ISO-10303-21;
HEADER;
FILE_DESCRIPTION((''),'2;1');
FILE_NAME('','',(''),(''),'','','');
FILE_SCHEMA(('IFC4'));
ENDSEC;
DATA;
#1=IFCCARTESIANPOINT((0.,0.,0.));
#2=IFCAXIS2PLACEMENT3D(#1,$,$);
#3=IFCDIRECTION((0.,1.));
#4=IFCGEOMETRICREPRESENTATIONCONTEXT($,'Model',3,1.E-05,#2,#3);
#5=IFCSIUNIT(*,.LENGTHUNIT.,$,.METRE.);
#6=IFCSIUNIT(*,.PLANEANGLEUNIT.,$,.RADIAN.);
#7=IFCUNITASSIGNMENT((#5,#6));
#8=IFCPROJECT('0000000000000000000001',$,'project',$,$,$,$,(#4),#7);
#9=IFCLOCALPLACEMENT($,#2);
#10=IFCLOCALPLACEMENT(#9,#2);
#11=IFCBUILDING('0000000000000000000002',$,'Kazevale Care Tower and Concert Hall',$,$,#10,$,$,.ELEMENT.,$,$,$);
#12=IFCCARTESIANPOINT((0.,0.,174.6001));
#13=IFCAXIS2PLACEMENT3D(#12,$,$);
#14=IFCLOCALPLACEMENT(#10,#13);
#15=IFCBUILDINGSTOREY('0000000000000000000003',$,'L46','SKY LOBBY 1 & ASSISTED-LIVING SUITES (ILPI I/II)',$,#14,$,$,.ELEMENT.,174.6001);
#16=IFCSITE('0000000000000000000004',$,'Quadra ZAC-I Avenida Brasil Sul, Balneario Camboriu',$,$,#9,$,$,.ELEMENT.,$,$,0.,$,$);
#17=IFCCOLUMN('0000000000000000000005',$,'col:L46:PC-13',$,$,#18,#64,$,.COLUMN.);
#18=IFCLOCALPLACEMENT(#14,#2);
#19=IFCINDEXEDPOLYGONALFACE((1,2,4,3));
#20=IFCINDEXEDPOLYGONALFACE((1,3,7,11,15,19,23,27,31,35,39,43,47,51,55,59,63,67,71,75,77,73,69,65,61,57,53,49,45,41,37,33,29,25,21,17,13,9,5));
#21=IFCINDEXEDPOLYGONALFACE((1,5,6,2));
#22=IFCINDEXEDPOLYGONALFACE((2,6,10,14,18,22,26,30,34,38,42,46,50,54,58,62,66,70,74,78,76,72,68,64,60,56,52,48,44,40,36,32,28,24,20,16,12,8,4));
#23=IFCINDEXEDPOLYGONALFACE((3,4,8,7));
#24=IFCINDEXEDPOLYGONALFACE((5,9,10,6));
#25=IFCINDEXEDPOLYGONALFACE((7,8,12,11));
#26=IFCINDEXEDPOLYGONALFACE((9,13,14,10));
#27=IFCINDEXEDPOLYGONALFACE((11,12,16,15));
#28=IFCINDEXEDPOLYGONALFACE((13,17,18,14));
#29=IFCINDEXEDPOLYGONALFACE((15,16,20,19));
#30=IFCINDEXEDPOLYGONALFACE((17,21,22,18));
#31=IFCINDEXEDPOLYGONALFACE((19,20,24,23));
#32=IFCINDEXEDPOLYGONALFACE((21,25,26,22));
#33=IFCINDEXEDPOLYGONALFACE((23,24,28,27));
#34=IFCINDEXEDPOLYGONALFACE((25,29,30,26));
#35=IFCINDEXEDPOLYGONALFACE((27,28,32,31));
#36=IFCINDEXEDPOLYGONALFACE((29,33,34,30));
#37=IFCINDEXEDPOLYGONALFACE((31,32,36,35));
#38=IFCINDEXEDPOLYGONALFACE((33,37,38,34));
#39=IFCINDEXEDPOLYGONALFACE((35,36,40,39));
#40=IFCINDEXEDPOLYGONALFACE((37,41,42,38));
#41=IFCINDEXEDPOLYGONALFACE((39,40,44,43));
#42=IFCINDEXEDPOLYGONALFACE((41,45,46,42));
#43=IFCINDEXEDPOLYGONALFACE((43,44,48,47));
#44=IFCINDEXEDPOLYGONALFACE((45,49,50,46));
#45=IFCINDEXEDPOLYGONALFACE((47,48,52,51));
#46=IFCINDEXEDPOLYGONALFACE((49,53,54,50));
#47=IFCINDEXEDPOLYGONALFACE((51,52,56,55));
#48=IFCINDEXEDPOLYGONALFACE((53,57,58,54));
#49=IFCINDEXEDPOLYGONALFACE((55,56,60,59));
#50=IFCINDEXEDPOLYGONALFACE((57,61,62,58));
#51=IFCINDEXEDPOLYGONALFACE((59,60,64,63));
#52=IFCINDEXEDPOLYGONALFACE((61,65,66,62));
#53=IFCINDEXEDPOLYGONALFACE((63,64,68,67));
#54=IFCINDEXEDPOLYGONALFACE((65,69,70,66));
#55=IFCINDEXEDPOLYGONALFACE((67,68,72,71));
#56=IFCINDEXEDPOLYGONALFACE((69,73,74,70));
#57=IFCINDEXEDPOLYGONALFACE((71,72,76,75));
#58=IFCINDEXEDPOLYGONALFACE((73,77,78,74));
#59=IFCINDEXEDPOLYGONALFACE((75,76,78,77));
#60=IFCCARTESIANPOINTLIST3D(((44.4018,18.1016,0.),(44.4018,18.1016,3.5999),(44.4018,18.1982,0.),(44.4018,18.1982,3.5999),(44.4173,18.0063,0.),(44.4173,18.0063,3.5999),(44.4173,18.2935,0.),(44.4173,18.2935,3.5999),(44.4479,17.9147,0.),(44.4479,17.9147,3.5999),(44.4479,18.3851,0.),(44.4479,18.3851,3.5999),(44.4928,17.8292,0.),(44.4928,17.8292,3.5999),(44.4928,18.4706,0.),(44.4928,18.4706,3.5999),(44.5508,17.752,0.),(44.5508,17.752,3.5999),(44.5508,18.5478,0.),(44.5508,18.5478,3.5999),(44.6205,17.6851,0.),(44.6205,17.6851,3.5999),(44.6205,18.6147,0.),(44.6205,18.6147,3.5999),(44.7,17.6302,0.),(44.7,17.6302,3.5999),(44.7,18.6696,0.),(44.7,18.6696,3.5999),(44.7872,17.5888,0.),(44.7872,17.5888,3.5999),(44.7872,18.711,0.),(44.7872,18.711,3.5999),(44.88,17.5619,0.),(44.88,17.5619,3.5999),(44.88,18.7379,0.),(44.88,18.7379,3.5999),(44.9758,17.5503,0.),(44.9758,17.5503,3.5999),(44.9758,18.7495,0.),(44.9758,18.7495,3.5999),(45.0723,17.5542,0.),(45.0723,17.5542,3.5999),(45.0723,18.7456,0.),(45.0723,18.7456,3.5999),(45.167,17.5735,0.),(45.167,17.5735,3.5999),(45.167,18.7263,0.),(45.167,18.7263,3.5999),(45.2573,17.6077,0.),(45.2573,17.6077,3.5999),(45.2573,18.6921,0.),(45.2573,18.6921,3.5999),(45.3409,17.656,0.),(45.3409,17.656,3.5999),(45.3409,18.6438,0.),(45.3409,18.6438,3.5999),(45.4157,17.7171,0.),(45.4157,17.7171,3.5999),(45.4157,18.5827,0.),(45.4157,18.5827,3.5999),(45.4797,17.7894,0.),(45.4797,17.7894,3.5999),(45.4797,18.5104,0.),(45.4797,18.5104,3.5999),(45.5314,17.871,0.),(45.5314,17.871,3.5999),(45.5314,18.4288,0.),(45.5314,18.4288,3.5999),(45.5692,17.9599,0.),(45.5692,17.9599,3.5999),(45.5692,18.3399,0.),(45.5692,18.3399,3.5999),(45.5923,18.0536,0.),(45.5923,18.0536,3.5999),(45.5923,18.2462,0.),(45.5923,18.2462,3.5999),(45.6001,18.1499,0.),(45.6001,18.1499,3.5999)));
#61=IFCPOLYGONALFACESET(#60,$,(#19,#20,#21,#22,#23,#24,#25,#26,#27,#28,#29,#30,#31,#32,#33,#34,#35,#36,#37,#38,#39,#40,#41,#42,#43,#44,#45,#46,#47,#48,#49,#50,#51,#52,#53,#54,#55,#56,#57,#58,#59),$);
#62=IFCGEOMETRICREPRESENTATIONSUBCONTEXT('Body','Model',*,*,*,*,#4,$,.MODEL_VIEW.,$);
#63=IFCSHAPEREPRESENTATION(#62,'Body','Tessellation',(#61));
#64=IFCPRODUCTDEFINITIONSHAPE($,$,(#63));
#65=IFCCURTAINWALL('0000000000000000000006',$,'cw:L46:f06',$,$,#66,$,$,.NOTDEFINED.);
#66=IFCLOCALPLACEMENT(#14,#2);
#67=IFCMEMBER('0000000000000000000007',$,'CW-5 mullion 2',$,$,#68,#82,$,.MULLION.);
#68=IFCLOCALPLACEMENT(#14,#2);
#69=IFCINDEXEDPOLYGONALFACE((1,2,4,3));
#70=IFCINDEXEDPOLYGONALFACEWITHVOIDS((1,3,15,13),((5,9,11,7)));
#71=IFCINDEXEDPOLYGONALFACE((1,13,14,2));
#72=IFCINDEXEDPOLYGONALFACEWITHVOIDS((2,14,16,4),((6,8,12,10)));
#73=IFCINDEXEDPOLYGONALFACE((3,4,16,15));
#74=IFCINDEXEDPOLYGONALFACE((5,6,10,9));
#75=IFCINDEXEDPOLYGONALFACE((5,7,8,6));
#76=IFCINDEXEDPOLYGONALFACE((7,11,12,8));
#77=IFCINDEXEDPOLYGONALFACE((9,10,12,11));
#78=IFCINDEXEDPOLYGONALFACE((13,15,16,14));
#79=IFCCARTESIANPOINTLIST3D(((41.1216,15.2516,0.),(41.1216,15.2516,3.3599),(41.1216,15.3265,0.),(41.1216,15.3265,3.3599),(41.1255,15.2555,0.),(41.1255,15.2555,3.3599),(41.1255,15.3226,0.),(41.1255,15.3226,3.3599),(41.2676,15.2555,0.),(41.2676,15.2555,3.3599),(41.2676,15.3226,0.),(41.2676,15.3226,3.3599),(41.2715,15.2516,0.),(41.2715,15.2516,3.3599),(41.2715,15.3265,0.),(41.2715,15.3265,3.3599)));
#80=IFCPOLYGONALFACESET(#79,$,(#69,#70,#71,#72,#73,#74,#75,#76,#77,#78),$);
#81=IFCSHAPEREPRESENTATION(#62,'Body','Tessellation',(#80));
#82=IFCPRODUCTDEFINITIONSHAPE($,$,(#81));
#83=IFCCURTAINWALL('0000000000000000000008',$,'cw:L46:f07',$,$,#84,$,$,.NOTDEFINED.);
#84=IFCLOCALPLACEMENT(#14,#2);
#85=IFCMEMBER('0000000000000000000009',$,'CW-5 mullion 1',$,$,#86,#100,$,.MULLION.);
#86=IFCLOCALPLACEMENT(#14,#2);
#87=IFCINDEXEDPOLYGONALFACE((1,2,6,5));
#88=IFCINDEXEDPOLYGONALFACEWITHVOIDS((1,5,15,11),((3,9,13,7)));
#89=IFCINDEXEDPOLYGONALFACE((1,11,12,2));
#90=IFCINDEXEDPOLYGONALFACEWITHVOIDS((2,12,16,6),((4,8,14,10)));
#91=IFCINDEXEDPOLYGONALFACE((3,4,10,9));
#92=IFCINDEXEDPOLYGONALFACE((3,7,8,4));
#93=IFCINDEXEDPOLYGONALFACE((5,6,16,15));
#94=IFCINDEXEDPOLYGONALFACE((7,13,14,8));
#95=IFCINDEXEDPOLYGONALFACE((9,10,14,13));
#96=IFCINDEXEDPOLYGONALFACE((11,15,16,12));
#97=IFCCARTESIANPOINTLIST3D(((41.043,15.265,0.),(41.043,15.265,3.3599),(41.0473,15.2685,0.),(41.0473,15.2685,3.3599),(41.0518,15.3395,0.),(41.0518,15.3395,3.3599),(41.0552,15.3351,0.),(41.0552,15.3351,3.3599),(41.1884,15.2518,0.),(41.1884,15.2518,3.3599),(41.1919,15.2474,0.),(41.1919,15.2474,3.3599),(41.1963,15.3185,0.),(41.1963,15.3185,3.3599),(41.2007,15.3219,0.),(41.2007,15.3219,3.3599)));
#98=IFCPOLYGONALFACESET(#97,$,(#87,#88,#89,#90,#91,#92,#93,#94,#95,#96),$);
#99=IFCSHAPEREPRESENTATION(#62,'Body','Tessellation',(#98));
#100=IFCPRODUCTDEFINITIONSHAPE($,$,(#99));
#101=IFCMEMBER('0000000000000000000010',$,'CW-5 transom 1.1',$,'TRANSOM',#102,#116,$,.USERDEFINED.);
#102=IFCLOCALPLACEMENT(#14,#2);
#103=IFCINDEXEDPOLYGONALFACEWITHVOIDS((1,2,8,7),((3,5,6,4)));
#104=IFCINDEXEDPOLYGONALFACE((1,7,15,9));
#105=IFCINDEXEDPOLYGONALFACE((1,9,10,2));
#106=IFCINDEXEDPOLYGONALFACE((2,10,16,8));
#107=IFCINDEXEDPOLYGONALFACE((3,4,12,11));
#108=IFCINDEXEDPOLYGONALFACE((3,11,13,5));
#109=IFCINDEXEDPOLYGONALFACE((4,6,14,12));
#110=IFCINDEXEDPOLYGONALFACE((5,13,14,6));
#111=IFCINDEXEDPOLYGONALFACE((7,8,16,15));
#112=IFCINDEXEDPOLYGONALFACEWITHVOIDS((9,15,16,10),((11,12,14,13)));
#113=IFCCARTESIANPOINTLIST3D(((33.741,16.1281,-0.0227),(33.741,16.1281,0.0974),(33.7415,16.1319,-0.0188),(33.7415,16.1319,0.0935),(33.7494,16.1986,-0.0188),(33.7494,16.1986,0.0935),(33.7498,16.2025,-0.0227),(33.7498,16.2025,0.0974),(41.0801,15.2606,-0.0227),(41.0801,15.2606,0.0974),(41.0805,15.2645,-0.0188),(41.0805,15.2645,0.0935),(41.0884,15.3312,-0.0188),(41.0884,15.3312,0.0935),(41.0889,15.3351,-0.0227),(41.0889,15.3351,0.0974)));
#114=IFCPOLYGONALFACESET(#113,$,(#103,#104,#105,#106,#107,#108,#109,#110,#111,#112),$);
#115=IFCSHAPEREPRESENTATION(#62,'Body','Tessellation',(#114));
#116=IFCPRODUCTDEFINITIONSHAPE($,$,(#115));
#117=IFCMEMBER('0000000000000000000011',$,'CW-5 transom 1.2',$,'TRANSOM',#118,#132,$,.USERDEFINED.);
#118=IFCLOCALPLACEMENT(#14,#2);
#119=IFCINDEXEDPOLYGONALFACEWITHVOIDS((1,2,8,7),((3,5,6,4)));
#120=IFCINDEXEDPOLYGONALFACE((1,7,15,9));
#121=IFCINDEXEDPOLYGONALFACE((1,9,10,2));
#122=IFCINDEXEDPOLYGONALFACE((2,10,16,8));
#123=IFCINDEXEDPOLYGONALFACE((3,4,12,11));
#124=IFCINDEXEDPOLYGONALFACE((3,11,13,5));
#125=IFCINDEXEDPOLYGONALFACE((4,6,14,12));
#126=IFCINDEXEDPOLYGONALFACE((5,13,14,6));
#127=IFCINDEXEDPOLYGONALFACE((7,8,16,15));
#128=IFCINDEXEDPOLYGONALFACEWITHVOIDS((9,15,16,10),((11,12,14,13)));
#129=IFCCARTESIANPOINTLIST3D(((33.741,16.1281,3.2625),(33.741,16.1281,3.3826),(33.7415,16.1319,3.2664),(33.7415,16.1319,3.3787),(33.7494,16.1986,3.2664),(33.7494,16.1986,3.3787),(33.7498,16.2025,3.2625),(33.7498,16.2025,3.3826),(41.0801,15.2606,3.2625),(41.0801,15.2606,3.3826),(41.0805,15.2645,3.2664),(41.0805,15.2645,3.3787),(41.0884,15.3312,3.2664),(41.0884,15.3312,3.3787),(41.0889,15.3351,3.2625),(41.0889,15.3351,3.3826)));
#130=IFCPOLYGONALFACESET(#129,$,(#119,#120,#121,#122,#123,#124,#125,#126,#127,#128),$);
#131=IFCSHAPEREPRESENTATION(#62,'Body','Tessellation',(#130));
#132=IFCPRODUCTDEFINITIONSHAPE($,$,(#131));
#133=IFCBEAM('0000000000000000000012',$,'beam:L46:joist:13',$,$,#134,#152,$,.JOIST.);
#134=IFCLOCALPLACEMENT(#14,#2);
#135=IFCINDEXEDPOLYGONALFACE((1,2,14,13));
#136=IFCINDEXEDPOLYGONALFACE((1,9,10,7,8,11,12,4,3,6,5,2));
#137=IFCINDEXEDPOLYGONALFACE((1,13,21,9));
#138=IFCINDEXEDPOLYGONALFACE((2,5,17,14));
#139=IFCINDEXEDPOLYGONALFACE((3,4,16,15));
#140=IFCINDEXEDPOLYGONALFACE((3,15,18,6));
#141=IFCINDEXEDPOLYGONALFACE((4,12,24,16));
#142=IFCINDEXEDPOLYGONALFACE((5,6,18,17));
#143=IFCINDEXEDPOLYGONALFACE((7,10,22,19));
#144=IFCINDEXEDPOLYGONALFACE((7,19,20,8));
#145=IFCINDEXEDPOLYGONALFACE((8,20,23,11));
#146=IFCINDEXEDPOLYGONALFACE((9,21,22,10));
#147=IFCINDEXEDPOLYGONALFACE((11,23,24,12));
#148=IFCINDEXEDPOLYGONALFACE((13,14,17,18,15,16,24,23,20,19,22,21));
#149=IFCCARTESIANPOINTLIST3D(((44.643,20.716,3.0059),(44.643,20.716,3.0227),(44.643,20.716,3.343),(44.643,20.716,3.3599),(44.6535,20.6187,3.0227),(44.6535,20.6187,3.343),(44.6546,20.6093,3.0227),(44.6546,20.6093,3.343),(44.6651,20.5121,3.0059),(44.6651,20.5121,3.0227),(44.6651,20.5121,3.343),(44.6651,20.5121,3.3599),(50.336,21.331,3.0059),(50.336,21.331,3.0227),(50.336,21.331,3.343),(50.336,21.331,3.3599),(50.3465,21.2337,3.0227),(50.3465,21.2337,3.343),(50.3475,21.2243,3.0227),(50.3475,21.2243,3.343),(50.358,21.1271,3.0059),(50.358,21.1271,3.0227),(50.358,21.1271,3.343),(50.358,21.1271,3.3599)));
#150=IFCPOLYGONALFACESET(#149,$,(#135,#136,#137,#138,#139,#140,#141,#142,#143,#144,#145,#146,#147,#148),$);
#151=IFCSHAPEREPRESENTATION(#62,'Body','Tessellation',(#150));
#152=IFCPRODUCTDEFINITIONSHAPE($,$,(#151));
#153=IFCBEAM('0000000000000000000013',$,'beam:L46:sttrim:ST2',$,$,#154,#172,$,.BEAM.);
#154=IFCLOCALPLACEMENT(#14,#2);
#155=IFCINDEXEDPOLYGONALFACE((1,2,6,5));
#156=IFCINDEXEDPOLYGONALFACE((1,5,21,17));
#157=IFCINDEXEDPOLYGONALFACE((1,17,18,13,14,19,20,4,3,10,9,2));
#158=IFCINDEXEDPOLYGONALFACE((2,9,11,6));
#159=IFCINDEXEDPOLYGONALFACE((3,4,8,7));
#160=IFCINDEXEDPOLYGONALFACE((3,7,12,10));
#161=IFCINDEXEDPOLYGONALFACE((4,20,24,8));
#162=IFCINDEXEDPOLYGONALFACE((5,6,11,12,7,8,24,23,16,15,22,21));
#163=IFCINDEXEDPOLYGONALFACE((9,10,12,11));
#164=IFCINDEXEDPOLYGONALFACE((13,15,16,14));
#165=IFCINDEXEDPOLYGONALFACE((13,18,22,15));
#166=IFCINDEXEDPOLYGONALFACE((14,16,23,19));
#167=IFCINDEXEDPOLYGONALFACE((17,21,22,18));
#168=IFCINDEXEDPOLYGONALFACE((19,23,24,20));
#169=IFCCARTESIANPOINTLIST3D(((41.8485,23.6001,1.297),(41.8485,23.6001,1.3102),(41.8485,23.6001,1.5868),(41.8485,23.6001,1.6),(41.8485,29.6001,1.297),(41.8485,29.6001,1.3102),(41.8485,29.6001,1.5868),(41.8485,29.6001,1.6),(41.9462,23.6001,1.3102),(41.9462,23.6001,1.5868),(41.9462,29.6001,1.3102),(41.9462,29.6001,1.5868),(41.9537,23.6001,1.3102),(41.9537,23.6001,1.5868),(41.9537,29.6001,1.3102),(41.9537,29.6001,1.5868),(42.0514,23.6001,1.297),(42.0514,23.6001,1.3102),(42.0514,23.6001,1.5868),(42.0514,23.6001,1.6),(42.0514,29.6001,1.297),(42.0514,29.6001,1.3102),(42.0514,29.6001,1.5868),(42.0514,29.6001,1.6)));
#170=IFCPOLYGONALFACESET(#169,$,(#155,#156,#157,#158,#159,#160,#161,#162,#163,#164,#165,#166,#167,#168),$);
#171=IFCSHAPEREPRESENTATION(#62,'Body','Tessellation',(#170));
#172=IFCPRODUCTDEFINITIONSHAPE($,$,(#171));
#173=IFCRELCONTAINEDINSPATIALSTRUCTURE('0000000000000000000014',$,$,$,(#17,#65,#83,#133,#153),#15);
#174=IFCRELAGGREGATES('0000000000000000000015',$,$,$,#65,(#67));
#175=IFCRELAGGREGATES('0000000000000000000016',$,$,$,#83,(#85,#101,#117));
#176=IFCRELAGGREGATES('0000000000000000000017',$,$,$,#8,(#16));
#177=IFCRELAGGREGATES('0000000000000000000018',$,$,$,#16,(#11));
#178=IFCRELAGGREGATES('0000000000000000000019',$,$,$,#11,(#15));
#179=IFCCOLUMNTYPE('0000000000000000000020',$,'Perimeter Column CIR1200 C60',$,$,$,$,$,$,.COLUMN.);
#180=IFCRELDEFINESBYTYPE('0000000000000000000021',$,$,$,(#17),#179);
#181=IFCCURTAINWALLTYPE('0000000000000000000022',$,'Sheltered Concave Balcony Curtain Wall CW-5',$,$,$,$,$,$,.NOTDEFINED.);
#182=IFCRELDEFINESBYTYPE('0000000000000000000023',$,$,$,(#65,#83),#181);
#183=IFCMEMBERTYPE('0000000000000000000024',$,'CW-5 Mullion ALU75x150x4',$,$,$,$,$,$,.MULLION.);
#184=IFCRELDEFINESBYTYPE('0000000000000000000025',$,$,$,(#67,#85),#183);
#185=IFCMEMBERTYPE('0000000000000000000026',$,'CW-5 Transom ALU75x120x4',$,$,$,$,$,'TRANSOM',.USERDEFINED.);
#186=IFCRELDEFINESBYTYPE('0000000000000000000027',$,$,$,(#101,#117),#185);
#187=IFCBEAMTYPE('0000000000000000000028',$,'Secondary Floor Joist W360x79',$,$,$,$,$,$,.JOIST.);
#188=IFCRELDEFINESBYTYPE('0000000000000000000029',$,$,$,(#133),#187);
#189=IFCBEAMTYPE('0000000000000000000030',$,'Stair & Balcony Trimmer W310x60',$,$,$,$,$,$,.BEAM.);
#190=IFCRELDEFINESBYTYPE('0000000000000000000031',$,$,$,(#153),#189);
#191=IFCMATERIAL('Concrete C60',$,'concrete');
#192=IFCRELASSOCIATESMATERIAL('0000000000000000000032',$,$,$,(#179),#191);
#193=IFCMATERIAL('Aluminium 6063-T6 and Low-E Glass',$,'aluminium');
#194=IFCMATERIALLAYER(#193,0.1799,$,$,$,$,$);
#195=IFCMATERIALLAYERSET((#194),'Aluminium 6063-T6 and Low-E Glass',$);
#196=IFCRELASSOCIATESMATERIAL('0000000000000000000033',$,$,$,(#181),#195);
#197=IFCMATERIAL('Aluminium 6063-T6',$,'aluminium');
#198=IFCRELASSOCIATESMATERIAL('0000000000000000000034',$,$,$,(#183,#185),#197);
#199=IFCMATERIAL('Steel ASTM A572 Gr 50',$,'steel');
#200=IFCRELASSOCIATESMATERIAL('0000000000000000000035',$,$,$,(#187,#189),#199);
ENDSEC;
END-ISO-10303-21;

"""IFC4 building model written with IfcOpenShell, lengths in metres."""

from ifc_helpers import new_model, si_unit, direction, frame, origin, origin_2d, place, context, subcontext, project, spatial, hollow_rectangle, circle, i_section, extrude, material, layer, layer_set, material_profile, profile_set, type_object, element, aggregate, save


model = new_model("IFC4")

# Units and contexts
model_context = context("Model", 3, precision=1e-05, world=origin(), true_north=direction((0.0, 1.0)))
body_context = subcontext(model_context, "Body", "Model", "MODEL_VIEW")
ifc_project = project(units=[si_unit("LENGTHUNIT", "METRE"), si_unit("PLANEANGLEUNIT", "RADIAN")], contexts=[model_context])

# Site, building, storey
site_placement = place(None, origin())
site = spatial("IfcSite", under=ifc_project, at=site_placement, Name="Quadra ZAC-I Avenida Brasil Sul, Balneario Camboriu", CompositionType="ELEMENT", RefElevation=0.0)
building_placement = place(site_placement, origin())
building = spatial("IfcBuilding", under=site, at=building_placement, Name="Kazevale Care Tower and Concert Hall", CompositionType="ELEMENT")
storey_placement = place(building_placement, frame((0.0, 0.0, 174.6001)))
storey = spatial("IfcBuildingStorey", under=building, at=storey_placement, Name="L46", Description="SKY LOBBY 1 & ASSISTED-LIVING SUITES (ILPI I/II)", CompositionType="ELEMENT", Elevation=174.6001)

# Column
ifc_material_1 = material(Name="Concrete C60", Category="concrete")
ifc_material_profile_1 = material_profile(ifc_material_1, circle(Radius=0.6001, at=origin_2d()), Name="RC-CIR1200")
ifc_profile_set_1 = profile_set([ifc_material_profile_1], Name="Concrete C60")
column_type = type_object("IfcColumnType", Name="Perimeter Column CIR1200 C60", PredefinedType="COLUMN", material=ifc_profile_set_1)
column_placement = place(storey_placement, frame((45.0, 18.1499, 0.0), z_axis=(0.0, 0.0, 1.0), x_axis=(1.0, 0.0, 0.0)))
element("IfcColumn", 1, at=column_placement, inside=storey, type_object=column_type, Name="col:L46:PC-13", PredefinedType="COLUMN", context=body_context, shape_type="SweptSolid", body=[
    extrude(circle(Radius=0.6001, at=origin_2d()), origin(), (0.0, 0.0, 1.0), 3.5999),
])

# Curtain wall, member
ifc_material_2 = material(Name="Aluminium 6063-T6 and Low-E Glass", Category="aluminium")
ifc_layer_1 = layer(ifc_material_2, 0.1799)
ifc_layer_set_1 = layer_set([ifc_layer_1], Name="Aluminium 6063-T6 and Low-E Glass")
curtain_wall_type = type_object("IfcCurtainWallType", Name="Sheltered Concave Balcony Curtain Wall CW-5", PredefinedType="NOTDEFINED", material=ifc_layer_set_1)
curtain_wall_1_placement = place(storey_placement, origin())
curtain_wall_1 = element("IfcCurtainWall", 2, at=curtain_wall_1_placement, inside=storey, type_object=curtain_wall_type, Name="cw:L46:f06", PredefinedType="NOTDEFINED")
ifc_material_3 = material(Name="Aluminium 6063-T6", Category="aluminium")
ifc_material_profile_2 = material_profile(ifc_material_3, hollow_rectangle(XDim=0.075, YDim=0.1499, WallThickness=0.0039, at=origin_2d()), Name="ALU75x150x4")
ifc_profile_set_2 = profile_set([ifc_material_profile_2], Name="Aluminium 6063-T6")
member_type_1 = type_object("IfcMemberType", Name="CW-5 Mullion ALU75x150x4", PredefinedType="MULLION", material=ifc_profile_set_2)
member_1_placement = place(storey_placement, frame((41.1965, 15.2891, 0.0), z_axis=(0.0, 0.0, 1.0), x_axis=(0.0, -1.0, 0.0)))
member_1 = element("IfcMember", 3, at=member_1_placement, type_object=member_type_1, Name="CW-5 mullion 2", PredefinedType="MULLION", context=body_context, shape_type="SweptSolid", body=[
    extrude(hollow_rectangle(XDim=0.075, YDim=0.1499, WallThickness=0.0039, at=origin_2d()), origin(), (0.0, 0.0, 1.0), 3.3599),
])

# Curtain wall, members
curtain_wall_2_placement = place(storey_placement, origin())
curtain_wall_2 = element("IfcCurtainWall", 4, at=curtain_wall_2_placement, inside=storey, type_object=curtain_wall_type, Name="cw:L46:f07", PredefinedType="NOTDEFINED")
member_2_placement = place(storey_placement, frame((41.1218, 15.2935, 0.0), z_axis=(0.0, 0.0, 1.0), x_axis=(-0.117372, -0.993088, 0.0)))
member_2 = element("IfcMember", 5, at=member_2_placement, type_object=member_type_1, Name="CW-5 mullion 1", PredefinedType="MULLION", context=body_context, shape_type="SweptSolid", body=[
    extrude(hollow_rectangle(XDim=0.075, YDim=0.1499, WallThickness=0.0039, at=origin_2d()), origin(), (0.0, 0.0, 1.0), 3.3599),
])
ifc_material_profile_3 = material_profile(ifc_material_3, hollow_rectangle(XDim=0.075, YDim=0.1201, WallThickness=0.0039, at=origin_2d()), Name="ALU75x120x4")
ifc_profile_set_3 = profile_set([ifc_material_profile_3], Name="Aluminium 6063-T6")
member_type_2 = type_object("IfcMemberType", Name="CW-5 Transom ALU75x120x4", ElementType="TRANSOM", PredefinedType="USERDEFINED", material=ifc_profile_set_3)
member_3_placement = place(storey_placement, frame((41.0845, 15.2979, 0.0374), z_axis=(-0.993088, 0.117376, 0.0), x_axis=(-0.117376, -0.993088, 0.0)))
member_3 = element("IfcMember", 6, at=member_3_placement, type_object=member_type_2, Name="CW-5 transom 1.1", ObjectType="TRANSOM", PredefinedType="USERDEFINED", context=body_context, shape_type="SweptSolid", body=[
    extrude(hollow_rectangle(XDim=0.075, YDim=0.1201, WallThickness=0.0039, at=origin_2d()), origin(), (0.0, 0.0, 1.0), 7.3901),
])
member_4_placement = place(storey_placement, frame((41.0845, 15.2979, 3.3225), z_axis=(-0.993088, 0.117376, 0.0), x_axis=(-0.117376, -0.993088, 0.0)))
member_4 = element("IfcMember", 7, at=member_4_placement, type_object=member_type_2, Name="CW-5 transom 1.2", ObjectType="TRANSOM", PredefinedType="USERDEFINED", context=body_context, shape_type="SweptSolid", body=[
    extrude(hollow_rectangle(XDim=0.075, YDim=0.1201, WallThickness=0.0039, at=origin_2d()), origin(), (0.0, 0.0, 1.0), 7.3901),
])

# Beams
ifc_material_4 = material(Name="Steel ASTM A572 Gr 50", Category="steel")
ifc_material_profile_4 = material_profile(ifc_material_4, i_section(OverallWidth=0.2051, OverallDepth=0.354, WebThickness=0.0095, FlangeThickness=0.0168, at=origin_2d()), Name="W360x79")
ifc_profile_set_4 = profile_set([ifc_material_profile_4], Name="Steel ASTM A572 Gr 50")
beam_type_1 = type_object("IfcBeamType", Name="Secondary Floor Joist W360x79", PredefinedType="JOIST", material=ifc_profile_set_4)
beam_1_placement = place(storey_placement, frame((44.6541, 20.614, 3.1829), z_axis=(0.994216, 0.107403, 0.0), x_axis=(-0.107403, 0.994216, 0.0)))
element("IfcBeam", 8, at=beam_1_placement, inside=storey, type_object=beam_type_1, Name="beam:L46:joist:13", PredefinedType="JOIST", context=body_context, shape_type="SweptSolid", body=[
    extrude(i_section(OverallWidth=0.2051, OverallDepth=0.354, WebThickness=0.0095, FlangeThickness=0.0168, at=origin_2d()), origin(), (0.0, 0.0, 1.0), 5.7261),
])
ifc_material_profile_5 = material_profile(ifc_material_4, i_section(OverallWidth=0.2029, OverallDepth=0.303, WebThickness=0.0076, FlangeThickness=0.0132, at=origin_2d()), Name="W310x60")
ifc_profile_set_5 = profile_set([ifc_material_profile_5], Name="Steel ASTM A572 Gr 50")
beam_type_2 = type_object("IfcBeamType", Name="Stair & Balcony Trimmer W310x60", PredefinedType="BEAM", material=ifc_profile_set_5)
beam_2_placement = place(storey_placement, frame((41.95, 23.6001, 1.4485), z_axis=(0.0, 1.0, 0.0), x_axis=(-1.0, 0.0, 0.0)))
element("IfcBeam", 9, at=beam_2_placement, inside=storey, type_object=beam_type_2, Name="beam:L46:sttrim:ST2", PredefinedType="BEAM", context=body_context, shape_type="SweptSolid", body=[
    extrude(i_section(OverallWidth=0.2029, OverallDepth=0.303, WebThickness=0.0076, FlangeThickness=0.0132, at=origin_2d()), origin(), (0.0, 0.0, 1.0), 6.0),
])

aggregate(curtain_wall_1, [member_1])
aggregate(curtain_wall_2, [member_2, member_3, member_4])

save(model, "model.ifc")
